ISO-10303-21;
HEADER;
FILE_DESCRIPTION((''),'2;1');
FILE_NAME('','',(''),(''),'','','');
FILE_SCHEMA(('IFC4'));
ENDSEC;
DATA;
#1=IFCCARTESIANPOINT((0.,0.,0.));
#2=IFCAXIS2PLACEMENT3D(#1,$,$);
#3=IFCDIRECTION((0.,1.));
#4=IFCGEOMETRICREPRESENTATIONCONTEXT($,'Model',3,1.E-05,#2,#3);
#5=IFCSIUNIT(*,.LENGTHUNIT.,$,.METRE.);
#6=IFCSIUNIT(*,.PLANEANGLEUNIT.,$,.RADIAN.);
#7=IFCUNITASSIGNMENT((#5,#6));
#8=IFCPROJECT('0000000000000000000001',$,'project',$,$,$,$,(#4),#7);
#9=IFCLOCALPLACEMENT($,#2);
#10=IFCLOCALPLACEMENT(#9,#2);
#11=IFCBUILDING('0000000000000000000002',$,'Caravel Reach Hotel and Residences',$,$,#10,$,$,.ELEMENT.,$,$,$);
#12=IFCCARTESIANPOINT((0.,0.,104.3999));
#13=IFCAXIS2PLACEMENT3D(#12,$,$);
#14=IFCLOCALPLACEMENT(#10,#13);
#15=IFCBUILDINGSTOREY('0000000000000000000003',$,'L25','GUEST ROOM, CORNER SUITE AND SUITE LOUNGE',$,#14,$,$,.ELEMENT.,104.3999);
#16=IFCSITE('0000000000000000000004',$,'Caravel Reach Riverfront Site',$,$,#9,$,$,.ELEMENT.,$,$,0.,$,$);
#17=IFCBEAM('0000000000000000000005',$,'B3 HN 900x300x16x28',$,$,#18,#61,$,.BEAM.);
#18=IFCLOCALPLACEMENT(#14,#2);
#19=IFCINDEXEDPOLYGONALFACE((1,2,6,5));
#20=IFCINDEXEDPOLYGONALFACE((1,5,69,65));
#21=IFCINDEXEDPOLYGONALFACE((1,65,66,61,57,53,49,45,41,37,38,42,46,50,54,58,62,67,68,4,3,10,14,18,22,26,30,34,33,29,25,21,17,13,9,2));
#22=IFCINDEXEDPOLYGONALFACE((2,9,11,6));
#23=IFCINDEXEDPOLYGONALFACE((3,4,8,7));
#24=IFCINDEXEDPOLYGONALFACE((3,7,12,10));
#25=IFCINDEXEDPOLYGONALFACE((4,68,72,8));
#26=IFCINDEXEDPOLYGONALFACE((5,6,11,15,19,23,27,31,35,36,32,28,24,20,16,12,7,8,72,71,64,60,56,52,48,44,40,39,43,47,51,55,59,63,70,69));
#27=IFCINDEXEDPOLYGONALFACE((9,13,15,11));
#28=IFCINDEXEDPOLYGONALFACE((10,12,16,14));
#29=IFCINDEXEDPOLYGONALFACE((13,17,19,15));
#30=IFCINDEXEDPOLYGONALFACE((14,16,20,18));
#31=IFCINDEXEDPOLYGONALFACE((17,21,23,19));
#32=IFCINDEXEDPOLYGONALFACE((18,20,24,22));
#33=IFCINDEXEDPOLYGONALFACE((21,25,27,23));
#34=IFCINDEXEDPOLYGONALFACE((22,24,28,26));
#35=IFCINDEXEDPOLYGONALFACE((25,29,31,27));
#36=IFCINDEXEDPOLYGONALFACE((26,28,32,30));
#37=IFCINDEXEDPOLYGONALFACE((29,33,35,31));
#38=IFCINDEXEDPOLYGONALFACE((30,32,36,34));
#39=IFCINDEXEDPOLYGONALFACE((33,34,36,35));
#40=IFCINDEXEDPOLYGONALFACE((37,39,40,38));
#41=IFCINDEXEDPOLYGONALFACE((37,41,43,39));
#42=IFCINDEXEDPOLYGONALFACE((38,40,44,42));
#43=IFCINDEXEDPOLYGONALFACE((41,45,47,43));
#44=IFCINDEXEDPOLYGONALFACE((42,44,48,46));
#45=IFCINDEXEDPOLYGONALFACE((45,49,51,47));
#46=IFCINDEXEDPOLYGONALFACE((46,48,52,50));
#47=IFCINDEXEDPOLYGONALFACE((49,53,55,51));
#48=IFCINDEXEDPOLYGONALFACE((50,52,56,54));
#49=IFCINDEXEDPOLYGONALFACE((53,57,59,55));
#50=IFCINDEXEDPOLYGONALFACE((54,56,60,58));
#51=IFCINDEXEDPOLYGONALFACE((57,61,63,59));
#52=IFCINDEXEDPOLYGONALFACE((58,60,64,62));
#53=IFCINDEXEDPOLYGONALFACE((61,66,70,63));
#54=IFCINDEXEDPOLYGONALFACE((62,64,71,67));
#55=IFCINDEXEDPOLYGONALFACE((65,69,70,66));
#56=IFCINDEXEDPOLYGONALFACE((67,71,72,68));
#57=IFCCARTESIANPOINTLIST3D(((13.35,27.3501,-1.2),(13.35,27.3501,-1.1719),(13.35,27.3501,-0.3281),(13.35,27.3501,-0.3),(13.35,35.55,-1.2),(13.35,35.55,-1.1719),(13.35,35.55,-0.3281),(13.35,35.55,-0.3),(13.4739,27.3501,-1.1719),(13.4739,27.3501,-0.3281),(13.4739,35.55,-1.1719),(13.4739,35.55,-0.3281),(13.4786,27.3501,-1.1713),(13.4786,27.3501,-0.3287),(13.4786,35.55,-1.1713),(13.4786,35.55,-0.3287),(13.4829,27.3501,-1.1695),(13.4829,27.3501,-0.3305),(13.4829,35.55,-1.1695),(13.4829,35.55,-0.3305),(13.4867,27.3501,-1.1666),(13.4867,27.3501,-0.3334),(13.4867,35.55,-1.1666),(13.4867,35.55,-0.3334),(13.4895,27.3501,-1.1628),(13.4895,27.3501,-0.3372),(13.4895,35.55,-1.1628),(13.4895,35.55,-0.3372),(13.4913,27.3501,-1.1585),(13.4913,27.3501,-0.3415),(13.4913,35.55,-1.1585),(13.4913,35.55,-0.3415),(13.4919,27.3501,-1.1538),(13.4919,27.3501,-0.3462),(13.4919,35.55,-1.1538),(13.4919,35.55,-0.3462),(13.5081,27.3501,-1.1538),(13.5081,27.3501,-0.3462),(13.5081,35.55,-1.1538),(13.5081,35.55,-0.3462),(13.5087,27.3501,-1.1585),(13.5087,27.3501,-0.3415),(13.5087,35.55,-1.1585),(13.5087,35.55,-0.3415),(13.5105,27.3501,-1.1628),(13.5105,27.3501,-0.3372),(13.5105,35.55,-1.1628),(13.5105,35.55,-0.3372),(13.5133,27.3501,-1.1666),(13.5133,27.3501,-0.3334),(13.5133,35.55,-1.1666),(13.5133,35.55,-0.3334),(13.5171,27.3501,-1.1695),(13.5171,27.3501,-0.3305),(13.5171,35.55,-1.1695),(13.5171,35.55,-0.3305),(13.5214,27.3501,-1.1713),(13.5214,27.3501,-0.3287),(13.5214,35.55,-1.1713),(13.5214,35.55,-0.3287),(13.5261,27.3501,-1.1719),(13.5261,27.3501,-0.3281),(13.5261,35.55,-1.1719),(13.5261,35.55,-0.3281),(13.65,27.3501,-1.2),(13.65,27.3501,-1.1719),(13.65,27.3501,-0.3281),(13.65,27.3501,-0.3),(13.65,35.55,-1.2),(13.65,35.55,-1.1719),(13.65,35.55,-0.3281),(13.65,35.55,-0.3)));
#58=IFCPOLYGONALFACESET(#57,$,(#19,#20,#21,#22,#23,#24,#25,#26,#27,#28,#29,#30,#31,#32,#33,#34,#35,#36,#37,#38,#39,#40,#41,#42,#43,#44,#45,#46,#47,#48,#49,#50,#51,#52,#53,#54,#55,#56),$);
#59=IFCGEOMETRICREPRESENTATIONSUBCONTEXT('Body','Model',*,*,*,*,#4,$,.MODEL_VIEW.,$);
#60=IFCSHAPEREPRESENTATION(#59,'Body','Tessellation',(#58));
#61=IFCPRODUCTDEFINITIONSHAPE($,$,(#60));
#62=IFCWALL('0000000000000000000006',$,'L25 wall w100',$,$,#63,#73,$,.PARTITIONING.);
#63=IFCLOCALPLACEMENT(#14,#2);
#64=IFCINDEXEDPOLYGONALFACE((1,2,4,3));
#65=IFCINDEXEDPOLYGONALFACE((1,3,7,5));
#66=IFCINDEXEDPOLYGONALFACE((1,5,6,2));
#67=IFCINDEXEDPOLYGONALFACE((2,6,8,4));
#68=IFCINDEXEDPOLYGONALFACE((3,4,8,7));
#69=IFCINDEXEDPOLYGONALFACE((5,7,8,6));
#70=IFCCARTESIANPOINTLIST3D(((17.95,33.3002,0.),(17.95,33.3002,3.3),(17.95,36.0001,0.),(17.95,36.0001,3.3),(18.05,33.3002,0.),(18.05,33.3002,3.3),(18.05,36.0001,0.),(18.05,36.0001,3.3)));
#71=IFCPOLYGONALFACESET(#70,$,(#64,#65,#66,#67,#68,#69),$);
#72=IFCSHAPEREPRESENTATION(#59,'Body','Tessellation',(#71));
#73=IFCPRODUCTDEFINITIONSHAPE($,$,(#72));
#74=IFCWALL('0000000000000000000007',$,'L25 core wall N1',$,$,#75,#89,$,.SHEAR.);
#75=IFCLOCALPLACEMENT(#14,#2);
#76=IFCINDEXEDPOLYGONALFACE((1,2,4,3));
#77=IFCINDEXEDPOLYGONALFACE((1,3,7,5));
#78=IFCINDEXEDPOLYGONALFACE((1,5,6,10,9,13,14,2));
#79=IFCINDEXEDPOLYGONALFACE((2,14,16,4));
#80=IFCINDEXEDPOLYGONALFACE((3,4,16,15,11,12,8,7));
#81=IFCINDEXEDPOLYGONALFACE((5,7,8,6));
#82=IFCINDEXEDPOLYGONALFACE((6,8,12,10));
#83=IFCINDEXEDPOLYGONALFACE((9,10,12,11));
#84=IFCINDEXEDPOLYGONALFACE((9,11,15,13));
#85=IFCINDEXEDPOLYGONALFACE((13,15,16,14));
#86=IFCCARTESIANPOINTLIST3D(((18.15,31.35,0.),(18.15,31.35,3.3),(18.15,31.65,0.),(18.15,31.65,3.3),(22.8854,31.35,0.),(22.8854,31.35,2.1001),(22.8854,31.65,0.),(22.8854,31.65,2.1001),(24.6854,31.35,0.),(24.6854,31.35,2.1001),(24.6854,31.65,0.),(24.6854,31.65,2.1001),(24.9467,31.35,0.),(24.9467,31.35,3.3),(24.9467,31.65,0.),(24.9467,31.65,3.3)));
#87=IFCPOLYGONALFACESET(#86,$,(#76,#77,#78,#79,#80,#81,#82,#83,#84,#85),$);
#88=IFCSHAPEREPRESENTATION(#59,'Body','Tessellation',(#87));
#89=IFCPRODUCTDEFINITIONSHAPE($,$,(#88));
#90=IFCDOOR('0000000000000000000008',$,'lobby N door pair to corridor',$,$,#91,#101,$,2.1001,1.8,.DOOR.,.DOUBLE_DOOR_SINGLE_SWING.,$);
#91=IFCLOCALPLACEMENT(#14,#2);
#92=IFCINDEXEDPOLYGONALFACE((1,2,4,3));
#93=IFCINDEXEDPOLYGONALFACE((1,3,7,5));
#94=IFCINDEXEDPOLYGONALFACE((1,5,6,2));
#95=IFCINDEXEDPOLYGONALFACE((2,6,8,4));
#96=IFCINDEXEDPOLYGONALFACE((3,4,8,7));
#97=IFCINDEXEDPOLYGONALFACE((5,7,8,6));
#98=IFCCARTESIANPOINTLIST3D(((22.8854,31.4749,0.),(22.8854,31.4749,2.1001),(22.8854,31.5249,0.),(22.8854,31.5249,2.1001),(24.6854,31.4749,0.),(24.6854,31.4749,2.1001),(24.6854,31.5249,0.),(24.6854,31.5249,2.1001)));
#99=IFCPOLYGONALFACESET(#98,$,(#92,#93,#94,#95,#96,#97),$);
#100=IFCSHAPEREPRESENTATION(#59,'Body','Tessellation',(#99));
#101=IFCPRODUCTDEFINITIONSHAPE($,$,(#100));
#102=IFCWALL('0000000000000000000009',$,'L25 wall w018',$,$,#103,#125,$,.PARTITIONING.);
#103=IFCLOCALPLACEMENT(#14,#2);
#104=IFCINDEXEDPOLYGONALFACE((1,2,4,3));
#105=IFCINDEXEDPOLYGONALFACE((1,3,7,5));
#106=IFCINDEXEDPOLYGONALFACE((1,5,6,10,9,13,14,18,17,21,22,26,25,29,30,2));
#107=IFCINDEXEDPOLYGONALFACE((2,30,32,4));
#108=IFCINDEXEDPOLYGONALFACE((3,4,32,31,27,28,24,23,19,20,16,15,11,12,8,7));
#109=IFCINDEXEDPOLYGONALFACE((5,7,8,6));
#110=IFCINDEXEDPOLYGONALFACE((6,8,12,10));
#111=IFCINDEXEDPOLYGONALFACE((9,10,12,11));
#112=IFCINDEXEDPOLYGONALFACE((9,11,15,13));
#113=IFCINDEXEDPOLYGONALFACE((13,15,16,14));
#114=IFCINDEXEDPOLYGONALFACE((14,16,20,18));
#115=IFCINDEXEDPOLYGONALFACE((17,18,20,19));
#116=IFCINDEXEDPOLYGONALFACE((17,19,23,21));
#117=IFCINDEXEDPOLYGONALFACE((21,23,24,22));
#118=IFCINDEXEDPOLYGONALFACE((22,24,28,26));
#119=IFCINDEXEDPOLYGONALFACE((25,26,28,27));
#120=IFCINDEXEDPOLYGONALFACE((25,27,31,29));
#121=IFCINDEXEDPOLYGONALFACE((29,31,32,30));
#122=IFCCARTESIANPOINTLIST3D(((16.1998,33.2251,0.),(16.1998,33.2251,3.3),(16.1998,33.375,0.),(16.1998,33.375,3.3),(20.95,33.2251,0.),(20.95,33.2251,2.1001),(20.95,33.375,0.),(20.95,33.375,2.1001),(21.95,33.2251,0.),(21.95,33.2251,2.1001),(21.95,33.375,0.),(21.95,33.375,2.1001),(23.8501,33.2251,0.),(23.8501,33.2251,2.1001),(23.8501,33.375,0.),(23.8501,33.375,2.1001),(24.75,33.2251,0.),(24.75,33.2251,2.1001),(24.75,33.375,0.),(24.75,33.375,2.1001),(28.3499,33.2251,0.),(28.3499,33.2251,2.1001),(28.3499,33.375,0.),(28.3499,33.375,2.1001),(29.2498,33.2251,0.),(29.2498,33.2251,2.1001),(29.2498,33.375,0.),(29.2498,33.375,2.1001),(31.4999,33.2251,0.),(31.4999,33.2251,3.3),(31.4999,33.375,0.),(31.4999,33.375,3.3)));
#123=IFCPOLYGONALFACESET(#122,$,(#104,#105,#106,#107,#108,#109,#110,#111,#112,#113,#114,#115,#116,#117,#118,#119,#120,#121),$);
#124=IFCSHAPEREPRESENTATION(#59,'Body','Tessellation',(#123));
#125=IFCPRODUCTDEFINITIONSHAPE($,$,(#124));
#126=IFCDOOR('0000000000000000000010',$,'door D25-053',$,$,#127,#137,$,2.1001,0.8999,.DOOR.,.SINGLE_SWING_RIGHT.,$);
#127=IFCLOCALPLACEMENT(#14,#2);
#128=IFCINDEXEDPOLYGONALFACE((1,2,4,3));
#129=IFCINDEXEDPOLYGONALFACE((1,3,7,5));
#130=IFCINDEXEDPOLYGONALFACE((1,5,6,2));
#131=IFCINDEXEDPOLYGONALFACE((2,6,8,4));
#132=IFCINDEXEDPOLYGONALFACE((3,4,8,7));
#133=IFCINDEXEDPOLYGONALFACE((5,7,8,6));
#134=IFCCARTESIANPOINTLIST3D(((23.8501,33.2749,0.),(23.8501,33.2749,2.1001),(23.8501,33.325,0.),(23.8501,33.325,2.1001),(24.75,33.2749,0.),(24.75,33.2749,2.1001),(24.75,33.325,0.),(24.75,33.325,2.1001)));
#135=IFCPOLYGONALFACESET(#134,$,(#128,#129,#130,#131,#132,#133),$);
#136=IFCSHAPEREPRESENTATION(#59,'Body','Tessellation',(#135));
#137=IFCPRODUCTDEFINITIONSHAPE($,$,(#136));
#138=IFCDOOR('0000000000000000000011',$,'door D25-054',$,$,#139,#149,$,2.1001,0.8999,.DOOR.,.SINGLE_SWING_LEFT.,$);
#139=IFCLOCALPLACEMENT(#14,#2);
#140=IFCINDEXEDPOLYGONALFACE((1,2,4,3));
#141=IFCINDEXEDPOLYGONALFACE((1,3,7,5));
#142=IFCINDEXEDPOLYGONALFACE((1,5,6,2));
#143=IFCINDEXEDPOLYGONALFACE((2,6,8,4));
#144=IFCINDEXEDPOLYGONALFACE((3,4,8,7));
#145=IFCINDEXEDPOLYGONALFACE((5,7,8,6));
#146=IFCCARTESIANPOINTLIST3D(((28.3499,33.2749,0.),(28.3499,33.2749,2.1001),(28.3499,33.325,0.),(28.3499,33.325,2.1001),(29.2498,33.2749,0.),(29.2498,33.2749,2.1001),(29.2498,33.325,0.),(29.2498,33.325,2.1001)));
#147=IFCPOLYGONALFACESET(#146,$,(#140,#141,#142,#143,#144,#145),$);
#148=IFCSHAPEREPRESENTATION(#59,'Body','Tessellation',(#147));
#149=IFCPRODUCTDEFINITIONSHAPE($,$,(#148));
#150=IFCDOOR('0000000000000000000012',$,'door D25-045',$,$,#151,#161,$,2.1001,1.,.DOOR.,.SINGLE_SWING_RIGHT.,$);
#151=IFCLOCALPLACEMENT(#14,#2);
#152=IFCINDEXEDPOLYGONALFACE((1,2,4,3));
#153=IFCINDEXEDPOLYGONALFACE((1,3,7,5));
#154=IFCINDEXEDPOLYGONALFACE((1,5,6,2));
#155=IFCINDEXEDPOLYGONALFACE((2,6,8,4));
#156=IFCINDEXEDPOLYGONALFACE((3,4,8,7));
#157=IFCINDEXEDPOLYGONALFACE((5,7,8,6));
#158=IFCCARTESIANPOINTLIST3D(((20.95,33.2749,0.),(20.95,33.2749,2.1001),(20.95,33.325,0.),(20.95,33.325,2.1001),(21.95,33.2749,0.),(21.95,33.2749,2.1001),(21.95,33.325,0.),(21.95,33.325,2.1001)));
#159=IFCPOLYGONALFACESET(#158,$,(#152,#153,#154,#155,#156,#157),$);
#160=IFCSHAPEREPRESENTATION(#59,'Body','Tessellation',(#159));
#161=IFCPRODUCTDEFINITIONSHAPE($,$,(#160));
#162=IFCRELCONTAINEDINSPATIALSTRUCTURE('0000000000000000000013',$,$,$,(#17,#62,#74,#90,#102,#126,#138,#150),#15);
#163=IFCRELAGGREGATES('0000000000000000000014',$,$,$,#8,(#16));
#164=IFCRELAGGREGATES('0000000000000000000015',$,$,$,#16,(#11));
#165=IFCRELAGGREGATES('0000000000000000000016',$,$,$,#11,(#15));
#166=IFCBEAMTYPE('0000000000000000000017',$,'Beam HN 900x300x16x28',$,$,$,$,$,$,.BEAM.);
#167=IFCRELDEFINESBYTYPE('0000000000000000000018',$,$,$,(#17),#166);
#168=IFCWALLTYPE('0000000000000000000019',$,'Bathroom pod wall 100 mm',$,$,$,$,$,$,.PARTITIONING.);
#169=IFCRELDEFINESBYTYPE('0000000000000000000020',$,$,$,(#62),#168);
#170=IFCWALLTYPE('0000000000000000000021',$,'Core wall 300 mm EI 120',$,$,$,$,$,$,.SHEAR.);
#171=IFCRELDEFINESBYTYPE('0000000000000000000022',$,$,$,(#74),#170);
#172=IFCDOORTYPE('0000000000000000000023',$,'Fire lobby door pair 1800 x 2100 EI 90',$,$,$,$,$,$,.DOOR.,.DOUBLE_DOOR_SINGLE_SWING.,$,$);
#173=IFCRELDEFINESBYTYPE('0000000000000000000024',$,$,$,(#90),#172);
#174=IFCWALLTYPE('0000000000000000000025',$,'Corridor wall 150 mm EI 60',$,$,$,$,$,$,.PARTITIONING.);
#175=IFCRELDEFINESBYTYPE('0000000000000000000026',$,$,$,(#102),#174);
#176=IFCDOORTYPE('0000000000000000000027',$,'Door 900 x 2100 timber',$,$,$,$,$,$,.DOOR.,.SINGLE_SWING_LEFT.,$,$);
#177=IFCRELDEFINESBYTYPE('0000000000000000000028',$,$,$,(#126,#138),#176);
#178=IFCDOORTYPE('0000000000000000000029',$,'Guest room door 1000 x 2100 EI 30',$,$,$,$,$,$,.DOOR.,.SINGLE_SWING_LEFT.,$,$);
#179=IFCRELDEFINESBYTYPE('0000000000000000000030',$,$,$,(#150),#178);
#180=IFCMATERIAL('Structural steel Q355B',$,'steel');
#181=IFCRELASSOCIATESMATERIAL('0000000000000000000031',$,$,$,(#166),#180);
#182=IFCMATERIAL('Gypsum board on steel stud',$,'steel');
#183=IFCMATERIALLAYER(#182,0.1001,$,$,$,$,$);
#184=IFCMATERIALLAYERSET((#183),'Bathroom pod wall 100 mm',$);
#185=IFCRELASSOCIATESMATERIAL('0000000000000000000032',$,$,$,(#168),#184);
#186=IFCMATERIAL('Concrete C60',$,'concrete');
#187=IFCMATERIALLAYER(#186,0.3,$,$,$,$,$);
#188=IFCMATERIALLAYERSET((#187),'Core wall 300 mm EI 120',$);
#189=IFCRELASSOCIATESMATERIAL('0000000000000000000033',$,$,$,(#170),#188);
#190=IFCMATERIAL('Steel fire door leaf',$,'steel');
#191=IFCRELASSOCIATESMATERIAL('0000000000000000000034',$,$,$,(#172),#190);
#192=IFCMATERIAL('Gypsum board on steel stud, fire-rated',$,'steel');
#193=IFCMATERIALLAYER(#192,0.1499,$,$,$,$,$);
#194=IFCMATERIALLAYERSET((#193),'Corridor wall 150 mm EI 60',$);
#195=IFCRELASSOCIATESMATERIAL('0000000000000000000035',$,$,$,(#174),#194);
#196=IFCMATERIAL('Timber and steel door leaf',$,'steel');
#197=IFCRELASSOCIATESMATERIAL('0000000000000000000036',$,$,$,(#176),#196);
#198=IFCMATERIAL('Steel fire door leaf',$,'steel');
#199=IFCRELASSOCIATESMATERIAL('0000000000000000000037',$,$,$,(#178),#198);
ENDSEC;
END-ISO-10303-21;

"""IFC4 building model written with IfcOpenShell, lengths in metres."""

from ifc_helpers import new_model, si_unit, direction, frame, frame_2d, origin, origin_2d, place, context, subcontext, project, spatial, rectangle, i_section, extrude, material, layer, layer_set, material_profile, profile_set, type_object, element, fill, save


model = new_model("IFC4")

# Units and contexts
model_context = context("Model", 3, precision=1e-05, world=origin(), true_north=direction((0.0, 1.0)))
body_context = subcontext(model_context, "Body", "Model", "MODEL_VIEW")
ifc_project = project(units=[si_unit("LENGTHUNIT", "METRE"), si_unit("PLANEANGLEUNIT", "RADIAN")], contexts=[model_context])

# Site, building, storey
site_placement = place(None, origin())
site = spatial("IfcSite", under=ifc_project, at=site_placement, Name="Caravel Reach Riverfront Site", CompositionType="ELEMENT", RefElevation=0.0)
building_placement = place(site_placement, origin())
building = spatial("IfcBuilding", under=site, at=building_placement, Name="Caravel Reach Hotel and Residences", CompositionType="ELEMENT")
storey_placement = place(building_placement, frame((0.0, 0.0, 104.3999)))
storey = spatial("IfcBuildingStorey", under=building, at=storey_placement, Name="L25", Description="GUEST ROOM, CORNER SUITE AND SUITE LOUNGE", CompositionType="ELEMENT", Elevation=104.3999)

# Beam
ifc_material_1 = material(Name="Structural steel Q355B", Category="steel")
ifc_material_profile = material_profile(ifc_material_1, i_section(OverallWidth=0.3, OverallDepth=0.8999, WebThickness=0.0161, FlangeThickness=0.0281, FilletRadius=0.0181, at=origin_2d()), Name="HN 900x300x16x28")
ifc_profile_set = profile_set([ifc_material_profile], Name="Structural steel Q355B")
beam_type = type_object("IfcBeamType", Name="Beam HN 900x300x16x28", PredefinedType="BEAM", material=ifc_profile_set)
beam_placement = place(storey_placement, frame((13.5, 27.3501, -0.75), z_axis=(0.0, 1.0, 0.0), x_axis=(-1.0, 0.0, 0.0)))
element("IfcBeam", 1, at=beam_placement, inside=storey, type_object=beam_type, Name="B3 HN 900x300x16x28", PredefinedType="BEAM", context=body_context, shape_type="SweptSolid", body=[
    extrude(i_section(OverallWidth=0.3, OverallDepth=0.8999, WebThickness=0.0161, FlangeThickness=0.0281, FilletRadius=0.0181, at=origin_2d()), origin(), (0.0, 0.0, 1.0), 8.2),
])

# Wall
ifc_material_2 = material(Name="Gypsum board on steel stud", Category="steel")
ifc_layer_1 = layer(ifc_material_2, 0.1001)
ifc_layer_set_1 = layer_set([ifc_layer_1], Name="Bathroom pod wall 100 mm")
wall_type_1 = type_object("IfcWallType", Name="Bathroom pod wall 100 mm", PredefinedType="PARTITIONING", material=ifc_layer_set_1)
wall_1_placement = place(storey_placement, frame((18.0, 33.3, 0.0), z_axis=(0.0, 0.0, 1.0), x_axis=(0.0, 1.0, 0.0)))
element("IfcWall", 2, at=wall_1_placement, inside=storey, type_object=wall_type_1, Name="L25 wall w100", PredefinedType="PARTITIONING", context=body_context, shape_type="SweptSolid", body=[
    extrude(rectangle(XDim=2.7, YDim=0.1001, at=frame_2d((1.3501, 0.0))), origin(), (0.0, 0.0, 1.0), 3.3),
])

# Wall, opening, door
ifc_material_3 = material(Name="Concrete C60", Category="concrete")
ifc_layer_2 = layer(ifc_material_3, 0.3)
ifc_layer_set_2 = layer_set([ifc_layer_2], Name="Core wall 300 mm EI 120")
wall_type_2 = type_object("IfcWallType", Name="Core wall 300 mm EI 120", PredefinedType="SHEAR", material=ifc_layer_set_2)
wall_2_placement = place(storey_placement, frame((18.1499, 31.5, 0.0), z_axis=(0.0, 0.0, 1.0), x_axis=(1.0, 0.0, 0.0)))
wall_2 = element("IfcWall", 3, at=wall_2_placement, inside=storey, type_object=wall_type_2, Name="L25 core wall N1", PredefinedType="SHEAR", context=body_context, shape_type="SweptSolid", body=[
    extrude(rectangle(XDim=6.7966, YDim=0.3, at=frame_2d((3.3984, 0.0))), origin(), (0.0, 0.0, 1.0), 3.3),
])
opening_1_placement = place(wall_2_placement, frame((4.7356, 0.0, 0.0)))
opening_1 = element("IfcOpeningElement", 4, at=opening_1_placement, cuts=wall_2, PredefinedType="OPENING", context=body_context, shape_type="SweptSolid", body=[
    extrude(rectangle(XDim=1.8, YDim=2.1001, at=frame_2d((0.8999, 1.05))), frame((0.0, 0.1599, 0.0), z_axis=(0.0, -1.0, 0.0), x_axis=(1.0, 0.0, 0.0)), (0.0, 0.0, 1.0), 0.3201),
])
ifc_material_4 = material(Name="Steel fire door leaf", Category="steel")
door_type_1 = type_object("IfcDoorType", Name="Fire lobby door pair 1800 x 2100 EI 90", OperationType="DOUBLE_DOOR_SINGLE_SWING", PredefinedType="DOOR", material=ifc_material_4)
door_1_placement = place(opening_1_placement, origin())
door_1 = element("IfcDoor", 5, at=door_1_placement, inside=storey, type_object=door_type_1, Name="lobby N door pair to corridor", OperationType="DOUBLE_DOOR_SINGLE_SWING", OverallHeight=2.1001, OverallWidth=1.8, PredefinedType="DOOR", context=body_context, shape_type="SweptSolid", body=[
    extrude(rectangle(XDim=1.8, YDim=2.1001, at=frame_2d((0.8999, 1.05))), frame((0.0, 0.0249, 0.0), z_axis=(0.0, -1.0, 0.0), x_axis=(1.0, 0.0, 0.0)), (0.0, 0.0, 1.0), 0.05),
])
fill(opening_1, door_1)

# Wall, openings, doors
ifc_material_5 = material(Name="Gypsum board on steel stud, fire-rated", Category="steel")
ifc_layer_3 = layer(ifc_material_5, 0.1499)
ifc_layer_set_3 = layer_set([ifc_layer_3], Name="Corridor wall 150 mm EI 60")
wall_type_3 = type_object("IfcWallType", Name="Corridor wall 150 mm EI 60", PredefinedType="PARTITIONING", material=ifc_layer_set_3)
wall_3_placement = place(storey_placement, frame((16.2, 33.3, 0.0), z_axis=(0.0, 0.0, 1.0), x_axis=(1.0, 0.0, 0.0)))
wall_3 = element("IfcWall", 6, at=wall_3_placement, inside=storey, type_object=wall_type_3, Name="L25 wall w018", PredefinedType="PARTITIONING", context=body_context, shape_type="SweptSolid", body=[
    extrude(rectangle(XDim=15.3, YDim=0.1499, at=frame_2d((7.6499, 0.0))), origin(), (0.0, 0.0, 1.0), 3.3),
])
opening_2_placement = place(wall_3_placement, frame((4.75, 0.0, 0.0)))
opening_2 = element("IfcOpeningElement", 7, at=opening_2_placement, cuts=wall_3, PredefinedType="OPENING", context=body_context, shape_type="SweptSolid", body=[
    extrude(rectangle(XDim=1.0, YDim=2.1001, at=frame_2d((0.5, 1.05))), frame((0.0, 0.085, 0.0), z_axis=(0.0, -1.0, 0.0), x_axis=(1.0, 0.0, 0.0)), (0.0, 0.0, 1.0), 0.1699),
])
opening_3_placement = place(wall_3_placement, frame((7.6501, 0.0, 0.0)))
opening_3 = element("IfcOpeningElement", 8, at=opening_3_placement, cuts=wall_3, PredefinedType="OPENING", context=body_context, shape_type="SweptSolid", body=[
    extrude(rectangle(XDim=0.8999, YDim=2.1001, at=frame_2d((0.45, 1.05))), frame((0.0, 0.085, 0.0), z_axis=(0.0, -1.0, 0.0), x_axis=(1.0, 0.0, 0.0)), (0.0, 0.0, 1.0), 0.1699),
])
opening_4_placement = place(wall_3_placement, frame((12.1499, 0.0, 0.0)))
opening_4 = element("IfcOpeningElement", 9, at=opening_4_placement, cuts=wall_3, PredefinedType="OPENING", context=body_context, shape_type="SweptSolid", body=[
    extrude(rectangle(XDim=0.8999, YDim=2.1001, at=frame_2d((0.45, 1.05))), frame((0.0, 0.085, 0.0), z_axis=(0.0, -1.0, 0.0), x_axis=(1.0, 0.0, 0.0)), (0.0, 0.0, 1.0), 0.1699),
])
ifc_material_6 = material(Name="Timber and steel door leaf", Category="steel")
door_type_2 = type_object("IfcDoorType", Name="Door 900 x 2100 timber", OperationType="SINGLE_SWING_LEFT", PredefinedType="DOOR", material=ifc_material_6)
door_2_placement = place(opening_3_placement, origin())
door_2 = element("IfcDoor", 10, at=door_2_placement, inside=storey, type_object=door_type_2, Name="door D25-053", OperationType="SINGLE_SWING_RIGHT", OverallHeight=2.1001, OverallWidth=0.8999, PredefinedType="DOOR", context=body_context, shape_type="SweptSolid", body=[
    extrude(rectangle(XDim=0.8999, YDim=2.1001, at=frame_2d((0.45, 1.05))), frame((0.0, 0.0249, 0.0), z_axis=(0.0, -1.0, 0.0), x_axis=(1.0, 0.0, 0.0)), (0.0, 0.0, 1.0), 0.05),
])
fill(opening_3, door_2)
door_3_placement = place(opening_4_placement, origin())
door_3 = element("IfcDoor", 11, at=door_3_placement, inside=storey, type_object=door_type_2, Name="door D25-054", OperationType="SINGLE_SWING_LEFT", OverallHeight=2.1001, OverallWidth=0.8999, PredefinedType="DOOR", context=body_context, shape_type="SweptSolid", body=[
    extrude(rectangle(XDim=0.8999, YDim=2.1001, at=frame_2d((0.45, 1.05))), frame((0.0, 0.0249, 0.0), z_axis=(0.0, -1.0, 0.0), x_axis=(1.0, 0.0, 0.0)), (0.0, 0.0, 1.0), 0.05),
])
fill(opening_4, door_3)
ifc_material_7 = material(Name="Steel fire door leaf", Category="steel")
door_type_3 = type_object("IfcDoorType", Name="Guest room door 1000 x 2100 EI 30", OperationType="SINGLE_SWING_LEFT", PredefinedType="DOOR", material=ifc_material_7)
door_4_placement = place(opening_2_placement, origin())
door_4 = element("IfcDoor", 12, at=door_4_placement, inside=storey, type_object=door_type_3, Name="door D25-045", OperationType="SINGLE_SWING_RIGHT", OverallHeight=2.1001, OverallWidth=1.0, PredefinedType="DOOR", context=body_context, shape_type="SweptSolid", body=[
    extrude(rectangle(XDim=1.0, YDim=2.1001, at=frame_2d((0.5, 1.05))), frame((0.0, 0.0249, 0.0), z_axis=(0.0, -1.0, 0.0), x_axis=(1.0, 0.0, 0.0)), (0.0, 0.0, 1.0), 0.05),
])
fill(opening_2, door_4)

save(model, "model.ifc")
